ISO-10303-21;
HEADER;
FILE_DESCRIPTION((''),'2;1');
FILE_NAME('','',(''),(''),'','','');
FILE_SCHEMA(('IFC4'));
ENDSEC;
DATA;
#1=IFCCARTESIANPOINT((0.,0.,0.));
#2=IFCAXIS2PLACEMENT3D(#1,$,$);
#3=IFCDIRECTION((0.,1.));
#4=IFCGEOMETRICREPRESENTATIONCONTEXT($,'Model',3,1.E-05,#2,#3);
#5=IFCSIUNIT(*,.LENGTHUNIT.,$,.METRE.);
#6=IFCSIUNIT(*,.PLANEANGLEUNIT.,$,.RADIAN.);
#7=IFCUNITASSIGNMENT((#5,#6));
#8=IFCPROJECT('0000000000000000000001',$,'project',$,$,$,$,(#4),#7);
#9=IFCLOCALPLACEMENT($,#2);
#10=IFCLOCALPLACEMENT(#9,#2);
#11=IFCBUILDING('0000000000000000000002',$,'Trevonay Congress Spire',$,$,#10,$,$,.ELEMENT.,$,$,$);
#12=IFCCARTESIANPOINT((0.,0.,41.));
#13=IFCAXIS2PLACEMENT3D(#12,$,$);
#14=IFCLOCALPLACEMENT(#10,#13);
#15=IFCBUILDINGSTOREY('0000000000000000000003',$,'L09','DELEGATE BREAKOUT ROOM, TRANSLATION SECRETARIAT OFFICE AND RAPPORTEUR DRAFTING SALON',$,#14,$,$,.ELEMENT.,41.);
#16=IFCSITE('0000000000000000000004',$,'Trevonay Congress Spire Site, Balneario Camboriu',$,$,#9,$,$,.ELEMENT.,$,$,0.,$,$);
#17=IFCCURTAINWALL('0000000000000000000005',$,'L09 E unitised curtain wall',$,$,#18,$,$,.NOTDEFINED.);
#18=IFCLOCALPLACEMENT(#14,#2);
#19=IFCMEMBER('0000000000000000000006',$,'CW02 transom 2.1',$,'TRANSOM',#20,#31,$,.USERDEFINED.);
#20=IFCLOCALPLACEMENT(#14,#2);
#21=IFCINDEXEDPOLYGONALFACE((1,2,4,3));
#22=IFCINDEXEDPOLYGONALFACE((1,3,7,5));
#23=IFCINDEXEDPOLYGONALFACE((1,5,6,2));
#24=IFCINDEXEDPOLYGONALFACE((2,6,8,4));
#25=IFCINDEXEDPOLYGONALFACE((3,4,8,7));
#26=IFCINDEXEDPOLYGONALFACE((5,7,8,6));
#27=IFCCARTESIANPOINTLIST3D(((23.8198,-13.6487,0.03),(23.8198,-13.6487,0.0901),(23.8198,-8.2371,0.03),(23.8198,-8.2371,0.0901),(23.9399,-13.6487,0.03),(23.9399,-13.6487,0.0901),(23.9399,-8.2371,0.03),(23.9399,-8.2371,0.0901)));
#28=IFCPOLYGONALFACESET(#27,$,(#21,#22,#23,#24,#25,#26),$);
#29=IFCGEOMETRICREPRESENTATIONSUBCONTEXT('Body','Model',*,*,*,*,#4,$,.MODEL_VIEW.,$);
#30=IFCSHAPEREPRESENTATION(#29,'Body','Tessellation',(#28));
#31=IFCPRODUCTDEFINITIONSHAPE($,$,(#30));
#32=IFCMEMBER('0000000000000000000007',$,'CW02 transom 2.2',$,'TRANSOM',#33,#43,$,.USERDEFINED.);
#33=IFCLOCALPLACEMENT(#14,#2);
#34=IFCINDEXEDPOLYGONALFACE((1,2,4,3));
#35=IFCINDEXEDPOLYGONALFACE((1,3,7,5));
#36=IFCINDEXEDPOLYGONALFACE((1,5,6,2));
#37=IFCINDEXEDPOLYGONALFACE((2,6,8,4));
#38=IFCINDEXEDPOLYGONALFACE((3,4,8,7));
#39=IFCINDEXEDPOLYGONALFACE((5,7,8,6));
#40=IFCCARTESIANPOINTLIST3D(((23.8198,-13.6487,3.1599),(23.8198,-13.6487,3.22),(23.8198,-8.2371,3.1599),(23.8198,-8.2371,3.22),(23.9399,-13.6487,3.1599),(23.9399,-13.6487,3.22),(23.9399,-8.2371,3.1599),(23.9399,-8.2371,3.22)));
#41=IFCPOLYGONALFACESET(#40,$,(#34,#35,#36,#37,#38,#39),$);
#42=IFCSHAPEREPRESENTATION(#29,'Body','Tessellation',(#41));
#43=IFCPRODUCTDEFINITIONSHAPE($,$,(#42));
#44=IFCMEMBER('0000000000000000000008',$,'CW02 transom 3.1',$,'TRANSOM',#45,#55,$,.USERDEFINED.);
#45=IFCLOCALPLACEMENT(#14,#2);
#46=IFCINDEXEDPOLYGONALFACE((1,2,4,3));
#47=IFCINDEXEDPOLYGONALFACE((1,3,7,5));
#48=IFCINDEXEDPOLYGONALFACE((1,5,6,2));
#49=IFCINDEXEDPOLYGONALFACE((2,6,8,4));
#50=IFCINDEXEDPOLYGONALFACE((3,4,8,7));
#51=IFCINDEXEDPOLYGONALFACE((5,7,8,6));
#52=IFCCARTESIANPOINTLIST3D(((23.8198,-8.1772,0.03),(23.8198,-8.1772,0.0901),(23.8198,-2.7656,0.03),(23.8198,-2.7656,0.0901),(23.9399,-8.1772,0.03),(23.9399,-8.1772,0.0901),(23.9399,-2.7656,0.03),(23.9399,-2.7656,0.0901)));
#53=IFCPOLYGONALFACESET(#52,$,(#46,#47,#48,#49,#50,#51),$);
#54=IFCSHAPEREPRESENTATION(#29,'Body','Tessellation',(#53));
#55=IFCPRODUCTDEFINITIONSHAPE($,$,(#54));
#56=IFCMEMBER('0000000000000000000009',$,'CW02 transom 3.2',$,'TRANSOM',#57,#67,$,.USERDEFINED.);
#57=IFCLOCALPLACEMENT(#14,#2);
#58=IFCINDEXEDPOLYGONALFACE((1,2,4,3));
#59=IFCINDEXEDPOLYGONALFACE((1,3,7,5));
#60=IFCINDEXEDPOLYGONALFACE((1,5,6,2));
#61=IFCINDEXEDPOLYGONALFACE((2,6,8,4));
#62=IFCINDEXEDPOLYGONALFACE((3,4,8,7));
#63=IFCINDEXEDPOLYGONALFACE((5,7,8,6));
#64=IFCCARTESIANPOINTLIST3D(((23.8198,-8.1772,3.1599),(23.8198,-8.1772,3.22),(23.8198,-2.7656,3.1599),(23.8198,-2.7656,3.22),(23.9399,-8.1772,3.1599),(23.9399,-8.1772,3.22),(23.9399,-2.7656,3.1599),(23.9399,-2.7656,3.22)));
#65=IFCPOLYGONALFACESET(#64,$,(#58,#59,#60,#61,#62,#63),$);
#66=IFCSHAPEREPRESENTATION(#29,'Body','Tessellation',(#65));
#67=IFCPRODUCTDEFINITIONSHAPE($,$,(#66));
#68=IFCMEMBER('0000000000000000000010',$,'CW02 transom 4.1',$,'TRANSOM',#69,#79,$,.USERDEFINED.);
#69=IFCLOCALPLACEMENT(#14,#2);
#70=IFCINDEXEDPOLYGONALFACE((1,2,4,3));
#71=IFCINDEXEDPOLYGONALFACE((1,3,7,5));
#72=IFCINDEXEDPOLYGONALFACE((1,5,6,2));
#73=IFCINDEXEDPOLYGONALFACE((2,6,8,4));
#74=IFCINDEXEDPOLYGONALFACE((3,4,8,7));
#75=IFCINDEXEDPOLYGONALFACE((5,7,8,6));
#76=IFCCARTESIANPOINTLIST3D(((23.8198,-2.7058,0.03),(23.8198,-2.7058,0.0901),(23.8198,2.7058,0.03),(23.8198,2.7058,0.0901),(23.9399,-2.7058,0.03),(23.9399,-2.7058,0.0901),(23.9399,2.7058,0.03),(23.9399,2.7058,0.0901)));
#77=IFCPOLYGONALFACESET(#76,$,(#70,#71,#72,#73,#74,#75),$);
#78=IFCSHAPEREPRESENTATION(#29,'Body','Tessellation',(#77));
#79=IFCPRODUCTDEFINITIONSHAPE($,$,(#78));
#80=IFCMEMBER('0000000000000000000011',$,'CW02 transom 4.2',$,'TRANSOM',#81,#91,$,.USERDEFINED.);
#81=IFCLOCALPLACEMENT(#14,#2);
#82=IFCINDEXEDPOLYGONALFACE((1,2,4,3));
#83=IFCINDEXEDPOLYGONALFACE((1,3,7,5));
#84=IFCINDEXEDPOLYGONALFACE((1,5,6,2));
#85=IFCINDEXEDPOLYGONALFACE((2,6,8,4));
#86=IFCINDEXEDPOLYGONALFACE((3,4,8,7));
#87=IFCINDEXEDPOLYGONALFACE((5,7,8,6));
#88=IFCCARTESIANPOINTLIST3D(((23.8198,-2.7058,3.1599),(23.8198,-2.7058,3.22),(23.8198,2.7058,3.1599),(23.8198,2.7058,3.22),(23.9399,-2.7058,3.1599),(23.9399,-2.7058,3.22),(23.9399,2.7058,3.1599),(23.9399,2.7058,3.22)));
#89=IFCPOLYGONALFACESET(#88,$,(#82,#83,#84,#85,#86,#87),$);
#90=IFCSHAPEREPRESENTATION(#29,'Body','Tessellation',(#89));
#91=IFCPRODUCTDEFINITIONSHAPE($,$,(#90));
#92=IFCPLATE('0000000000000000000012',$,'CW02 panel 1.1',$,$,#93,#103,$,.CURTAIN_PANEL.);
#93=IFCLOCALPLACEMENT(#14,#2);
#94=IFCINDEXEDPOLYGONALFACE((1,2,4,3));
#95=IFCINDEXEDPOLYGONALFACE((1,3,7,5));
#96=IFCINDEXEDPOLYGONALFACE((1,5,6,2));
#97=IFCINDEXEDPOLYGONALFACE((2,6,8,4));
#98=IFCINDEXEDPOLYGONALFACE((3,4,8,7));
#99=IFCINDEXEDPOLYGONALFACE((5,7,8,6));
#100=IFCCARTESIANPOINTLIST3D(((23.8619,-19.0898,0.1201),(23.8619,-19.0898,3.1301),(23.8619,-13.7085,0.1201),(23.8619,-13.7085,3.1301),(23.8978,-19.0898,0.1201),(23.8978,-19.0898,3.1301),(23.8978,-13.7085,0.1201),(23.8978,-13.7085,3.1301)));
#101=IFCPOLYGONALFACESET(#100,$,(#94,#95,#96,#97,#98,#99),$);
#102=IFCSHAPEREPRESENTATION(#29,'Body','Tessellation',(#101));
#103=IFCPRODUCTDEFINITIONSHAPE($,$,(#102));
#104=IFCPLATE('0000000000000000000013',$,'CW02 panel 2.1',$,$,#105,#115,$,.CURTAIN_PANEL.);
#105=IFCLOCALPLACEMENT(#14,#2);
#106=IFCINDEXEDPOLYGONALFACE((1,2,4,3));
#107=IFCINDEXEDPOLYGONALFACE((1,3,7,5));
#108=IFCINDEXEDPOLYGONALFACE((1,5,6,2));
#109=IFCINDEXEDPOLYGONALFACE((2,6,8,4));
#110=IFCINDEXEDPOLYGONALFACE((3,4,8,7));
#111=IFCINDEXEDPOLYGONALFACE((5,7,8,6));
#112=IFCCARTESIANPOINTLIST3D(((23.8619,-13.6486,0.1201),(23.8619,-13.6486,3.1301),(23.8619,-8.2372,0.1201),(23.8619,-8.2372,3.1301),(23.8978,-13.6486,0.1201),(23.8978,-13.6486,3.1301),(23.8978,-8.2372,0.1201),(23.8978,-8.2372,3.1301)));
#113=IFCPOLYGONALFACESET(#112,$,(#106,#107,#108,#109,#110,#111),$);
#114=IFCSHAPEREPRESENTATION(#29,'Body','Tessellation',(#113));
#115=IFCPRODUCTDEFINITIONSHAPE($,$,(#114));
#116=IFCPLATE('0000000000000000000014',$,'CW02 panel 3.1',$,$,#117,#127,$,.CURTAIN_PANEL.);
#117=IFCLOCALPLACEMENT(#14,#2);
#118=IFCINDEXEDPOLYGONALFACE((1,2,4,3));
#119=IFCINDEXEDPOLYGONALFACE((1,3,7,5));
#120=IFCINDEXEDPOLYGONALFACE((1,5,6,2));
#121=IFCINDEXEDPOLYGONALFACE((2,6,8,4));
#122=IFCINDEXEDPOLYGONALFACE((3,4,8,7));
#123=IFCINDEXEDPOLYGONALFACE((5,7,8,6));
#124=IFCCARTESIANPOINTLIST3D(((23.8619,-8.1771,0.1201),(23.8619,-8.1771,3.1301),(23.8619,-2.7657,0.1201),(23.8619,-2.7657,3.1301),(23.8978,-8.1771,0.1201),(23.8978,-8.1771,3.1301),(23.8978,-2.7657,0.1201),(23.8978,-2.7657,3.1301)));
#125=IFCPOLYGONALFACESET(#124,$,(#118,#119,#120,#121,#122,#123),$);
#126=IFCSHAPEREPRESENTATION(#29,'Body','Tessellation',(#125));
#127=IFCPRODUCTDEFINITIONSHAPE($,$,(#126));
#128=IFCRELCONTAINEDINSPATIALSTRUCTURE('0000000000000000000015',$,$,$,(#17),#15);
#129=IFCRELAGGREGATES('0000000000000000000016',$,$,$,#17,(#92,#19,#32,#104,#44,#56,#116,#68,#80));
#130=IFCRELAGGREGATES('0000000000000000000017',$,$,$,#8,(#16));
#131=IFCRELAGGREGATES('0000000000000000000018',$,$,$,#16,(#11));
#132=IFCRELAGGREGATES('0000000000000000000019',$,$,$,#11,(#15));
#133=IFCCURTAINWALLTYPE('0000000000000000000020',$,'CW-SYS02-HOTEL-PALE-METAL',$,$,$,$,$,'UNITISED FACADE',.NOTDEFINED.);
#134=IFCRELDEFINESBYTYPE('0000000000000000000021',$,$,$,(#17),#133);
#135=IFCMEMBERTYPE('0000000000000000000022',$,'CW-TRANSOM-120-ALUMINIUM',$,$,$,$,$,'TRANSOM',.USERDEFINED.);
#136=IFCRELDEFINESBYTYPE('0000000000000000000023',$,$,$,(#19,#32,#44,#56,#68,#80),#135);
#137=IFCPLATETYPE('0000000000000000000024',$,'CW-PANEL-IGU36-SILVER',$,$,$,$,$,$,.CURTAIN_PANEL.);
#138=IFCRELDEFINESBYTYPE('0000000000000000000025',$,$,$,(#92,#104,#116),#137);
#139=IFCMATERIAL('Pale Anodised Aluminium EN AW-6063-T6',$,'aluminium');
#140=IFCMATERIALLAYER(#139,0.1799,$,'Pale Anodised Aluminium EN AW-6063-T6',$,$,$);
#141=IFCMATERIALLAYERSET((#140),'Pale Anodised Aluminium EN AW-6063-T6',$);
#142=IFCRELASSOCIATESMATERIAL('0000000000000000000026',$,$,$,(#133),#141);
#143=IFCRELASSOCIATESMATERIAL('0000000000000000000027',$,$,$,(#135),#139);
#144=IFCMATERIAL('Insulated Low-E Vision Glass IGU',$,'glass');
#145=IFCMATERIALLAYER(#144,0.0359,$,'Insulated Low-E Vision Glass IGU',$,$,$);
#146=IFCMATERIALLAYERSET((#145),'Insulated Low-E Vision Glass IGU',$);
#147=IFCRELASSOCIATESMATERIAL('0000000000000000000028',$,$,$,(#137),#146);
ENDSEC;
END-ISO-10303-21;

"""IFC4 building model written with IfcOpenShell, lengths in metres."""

from ifc_helpers import new_model, si_unit, direction, frame, origin, origin_2d, place, context, subcontext, project, spatial, rectangle, extrude, material, layer, layer_set, material_profile, profile_set, type_object, element, aggregate, save


model = new_model("IFC4")

# Units and contexts
model_context = context("Model", 3, precision=1e-05, world=origin(), true_north=direction((0.0, 1.0)))
body_context = subcontext(model_context, "Body", "Model", "MODEL_VIEW")
ifc_project = project(units=[si_unit("LENGTHUNIT", "METRE"), si_unit("PLANEANGLEUNIT", "RADIAN")], contexts=[model_context])

# Site, building, storey
site_placement = place(None, origin())
site = spatial("IfcSite", under=ifc_project, at=site_placement, Name="Trevonay Congress Spire Site, Balneario Camboriu", CompositionType="ELEMENT", RefElevation=0.0)
building_placement = place(site_placement, origin())
building = spatial("IfcBuilding", under=site, at=building_placement, Name="Trevonay Congress Spire", CompositionType="ELEMENT")
storey_placement = place(building_placement, frame((0.0, 0.0, 41.0)))
storey = spatial("IfcBuildingStorey", under=building, at=storey_placement, Name="L09", Description="DELEGATE BREAKOUT ROOM, TRANSLATION SECRETARIAT OFFICE AND RAPPORTEUR DRAFTING SALON", CompositionType="ELEMENT", Elevation=41.0)

# Curtain wall, members, plates
ifc_material_1 = material(Name="Pale Anodised Aluminium EN AW-6063-T6", Category="aluminium")
ifc_layer_1 = layer(ifc_material_1, 0.1799, Name="Pale Anodised Aluminium EN AW-6063-T6")
ifc_layer_set_1 = layer_set([ifc_layer_1], Name="Pale Anodised Aluminium EN AW-6063-T6")
curtain_wall_type = type_object("IfcCurtainWallType", Name="CW-SYS02-HOTEL-PALE-METAL", ElementType="UNITISED FACADE", PredefinedType="NOTDEFINED", material=ifc_layer_set_1)
curtain_wall_placement = place(storey_placement, origin())
curtain_wall = element("IfcCurtainWall", 1, at=curtain_wall_placement, inside=storey, type_object=curtain_wall_type, Name="L09 E unitised curtain wall", PredefinedType="NOTDEFINED")
ifc_material_profile_1 = material_profile(ifc_material_1, rectangle(XDim=0.1201, YDim=0.0601, at=origin_2d()), Name="CW-TRANSOM-120-ALUMINIUM")
ifc_profile_set_1 = profile_set([ifc_material_profile_1], Name="Pale Anodised Aluminium EN AW-6063-T6")
member_type_1 = type_object("IfcMemberType", Name="CW-TRANSOM-120-ALUMINIUM", ElementType="TRANSOM", PredefinedType="USERDEFINED", material=ifc_profile_set_1)
member_1_placement = place(storey_placement, frame((23.8799, -13.6487, 0.0601), z_axis=(0.0, 1.0, 0.0), x_axis=(-1.0, 0.0, 0.0)))
member_1 = element("IfcMember", 2, at=member_1_placement, type_object=member_type_1, Name="CW02 transom 2.1", ObjectType="TRANSOM", PredefinedType="USERDEFINED", context=body_context, shape_type="SweptSolid", body=[
    extrude(rectangle(XDim=0.1201, YDim=0.0601, at=origin_2d()), origin(), (0.0, 0.0, 1.0), 5.4116),
])
member_2_placement = place(storey_placement, frame((23.8799, -13.6487, 3.1899), z_axis=(0.0, 1.0, 0.0), x_axis=(-1.0, 0.0, 0.0)))
member_2 = element("IfcMember", 3, at=member_2_placement, type_object=member_type_1, Name="CW02 transom 2.2", ObjectType="TRANSOM", PredefinedType="USERDEFINED", context=body_context, shape_type="SweptSolid", body=[
    extrude(rectangle(XDim=0.1201, YDim=0.0601, at=origin_2d()), origin(), (0.0, 0.0, 1.0), 5.4116),
])
member_3_placement = place(storey_placement, frame((23.8799, -8.1772, 0.0601), z_axis=(0.0, 1.0, 0.0), x_axis=(-1.0, 0.0, 0.0)))
member_3 = element("IfcMember", 4, at=member_3_placement, type_object=member_type_1, Name="CW02 transom 3.1", ObjectType="TRANSOM", PredefinedType="USERDEFINED", context=body_context, shape_type="SweptSolid", body=[
    extrude(rectangle(XDim=0.1201, YDim=0.0601, at=origin_2d()), origin(), (0.0, 0.0, 1.0), 5.4116),
])
member_4_placement = place(storey_placement, frame((23.8799, -8.1772, 3.1899), z_axis=(0.0, 1.0, 0.0), x_axis=(-1.0, 0.0, 0.0)))
member_4 = element("IfcMember", 5, at=member_4_placement, type_object=member_type_1, Name="CW02 transom 3.2", ObjectType="TRANSOM", PredefinedType="USERDEFINED", context=body_context, shape_type="SweptSolid", body=[
    extrude(rectangle(XDim=0.1201, YDim=0.0601, at=origin_2d()), origin(), (0.0, 0.0, 1.0), 5.4116),
])
member_5_placement = place(storey_placement, frame((23.8799, -2.7058, 0.0601), z_axis=(0.0, 1.0, 0.0), x_axis=(-1.0, 0.0, 0.0)))
member_5 = element("IfcMember", 6, at=member_5_placement, type_object=member_type_1, Name="CW02 transom 4.1", ObjectType="TRANSOM", PredefinedType="USERDEFINED", context=body_context, shape_type="SweptSolid", body=[
    extrude(rectangle(XDim=0.1201, YDim=0.0601, at=origin_2d()), origin(), (0.0, 0.0, 1.0), 5.4116),
])
member_6_placement = place(storey_placement, frame((23.8799, -2.7058, 3.1899), z_axis=(0.0, 1.0, 0.0), x_axis=(-1.0, 0.0, 0.0)))
member_6 = element("IfcMember", 7, at=member_6_placement, type_object=member_type_1, Name="CW02 transom 4.2", ObjectType="TRANSOM", PredefinedType="USERDEFINED", context=body_context, shape_type="SweptSolid", body=[
    extrude(rectangle(XDim=0.1201, YDim=0.0601, at=origin_2d()), origin(), (0.0, 0.0, 1.0), 5.4116),
])
ifc_material_2 = material(Name="Insulated Low-E Vision Glass IGU", Category="glass")
ifc_layer_2 = layer(ifc_material_2, 0.0359, Name="Insulated Low-E Vision Glass IGU")
ifc_layer_set_2 = layer_set([ifc_layer_2], Name="Insulated Low-E Vision Glass IGU")
plate_type = type_object("IfcPlateType", Name="CW-PANEL-IGU36-SILVER", PredefinedType="CURTAIN_PANEL", material=ifc_layer_set_2)
plate_1_placement = place(storey_placement, frame((23.8799, -16.3992, 0.1201), z_axis=(0.0, 0.0, 1.0), x_axis=(0.0, 1.0, 0.0)))
plate_1 = element("IfcPlate", 8, at=plate_1_placement, type_object=plate_type, Name="CW02 panel 1.1", PredefinedType="CURTAIN_PANEL", context=body_context, shape_type="SweptSolid", body=[
    extrude(rectangle(XDim=5.3813, YDim=0.0359, at=origin_2d()), origin(), (0.0, 0.0, 1.0), 3.01),
])
plate_2_placement = place(storey_placement, frame((23.8799, -10.9429, 0.1201), z_axis=(0.0, 0.0, 1.0), x_axis=(0.0, 1.0, 0.0)))
plate_2 = element("IfcPlate", 9, at=plate_2_placement, type_object=plate_type, Name="CW02 panel 2.1", PredefinedType="CURTAIN_PANEL", context=body_context, shape_type="SweptSolid", body=[
    extrude(rectangle(XDim=5.4114, YDim=0.0359, at=origin_2d()), origin(), (0.0, 0.0, 1.0), 3.01),
])
plate_3_placement = place(storey_placement, frame((23.8799, -5.4714, 0.1201), z_axis=(0.0, 0.0, 1.0), x_axis=(0.0, 1.0, 0.0)))
plate_3 = element("IfcPlate", 10, at=plate_3_placement, type_object=plate_type, Name="CW02 panel 3.1", PredefinedType="CURTAIN_PANEL", context=body_context, shape_type="SweptSolid", body=[
    extrude(rectangle(XDim=5.4114, YDim=0.0359, at=origin_2d()), origin(), (0.0, 0.0, 1.0), 3.01),
])
aggregate(curtain_wall, [plate_1, member_1, member_2, plate_2, member_3, member_4, plate_3, member_5, member_6])

save(model, "model.ifc")
